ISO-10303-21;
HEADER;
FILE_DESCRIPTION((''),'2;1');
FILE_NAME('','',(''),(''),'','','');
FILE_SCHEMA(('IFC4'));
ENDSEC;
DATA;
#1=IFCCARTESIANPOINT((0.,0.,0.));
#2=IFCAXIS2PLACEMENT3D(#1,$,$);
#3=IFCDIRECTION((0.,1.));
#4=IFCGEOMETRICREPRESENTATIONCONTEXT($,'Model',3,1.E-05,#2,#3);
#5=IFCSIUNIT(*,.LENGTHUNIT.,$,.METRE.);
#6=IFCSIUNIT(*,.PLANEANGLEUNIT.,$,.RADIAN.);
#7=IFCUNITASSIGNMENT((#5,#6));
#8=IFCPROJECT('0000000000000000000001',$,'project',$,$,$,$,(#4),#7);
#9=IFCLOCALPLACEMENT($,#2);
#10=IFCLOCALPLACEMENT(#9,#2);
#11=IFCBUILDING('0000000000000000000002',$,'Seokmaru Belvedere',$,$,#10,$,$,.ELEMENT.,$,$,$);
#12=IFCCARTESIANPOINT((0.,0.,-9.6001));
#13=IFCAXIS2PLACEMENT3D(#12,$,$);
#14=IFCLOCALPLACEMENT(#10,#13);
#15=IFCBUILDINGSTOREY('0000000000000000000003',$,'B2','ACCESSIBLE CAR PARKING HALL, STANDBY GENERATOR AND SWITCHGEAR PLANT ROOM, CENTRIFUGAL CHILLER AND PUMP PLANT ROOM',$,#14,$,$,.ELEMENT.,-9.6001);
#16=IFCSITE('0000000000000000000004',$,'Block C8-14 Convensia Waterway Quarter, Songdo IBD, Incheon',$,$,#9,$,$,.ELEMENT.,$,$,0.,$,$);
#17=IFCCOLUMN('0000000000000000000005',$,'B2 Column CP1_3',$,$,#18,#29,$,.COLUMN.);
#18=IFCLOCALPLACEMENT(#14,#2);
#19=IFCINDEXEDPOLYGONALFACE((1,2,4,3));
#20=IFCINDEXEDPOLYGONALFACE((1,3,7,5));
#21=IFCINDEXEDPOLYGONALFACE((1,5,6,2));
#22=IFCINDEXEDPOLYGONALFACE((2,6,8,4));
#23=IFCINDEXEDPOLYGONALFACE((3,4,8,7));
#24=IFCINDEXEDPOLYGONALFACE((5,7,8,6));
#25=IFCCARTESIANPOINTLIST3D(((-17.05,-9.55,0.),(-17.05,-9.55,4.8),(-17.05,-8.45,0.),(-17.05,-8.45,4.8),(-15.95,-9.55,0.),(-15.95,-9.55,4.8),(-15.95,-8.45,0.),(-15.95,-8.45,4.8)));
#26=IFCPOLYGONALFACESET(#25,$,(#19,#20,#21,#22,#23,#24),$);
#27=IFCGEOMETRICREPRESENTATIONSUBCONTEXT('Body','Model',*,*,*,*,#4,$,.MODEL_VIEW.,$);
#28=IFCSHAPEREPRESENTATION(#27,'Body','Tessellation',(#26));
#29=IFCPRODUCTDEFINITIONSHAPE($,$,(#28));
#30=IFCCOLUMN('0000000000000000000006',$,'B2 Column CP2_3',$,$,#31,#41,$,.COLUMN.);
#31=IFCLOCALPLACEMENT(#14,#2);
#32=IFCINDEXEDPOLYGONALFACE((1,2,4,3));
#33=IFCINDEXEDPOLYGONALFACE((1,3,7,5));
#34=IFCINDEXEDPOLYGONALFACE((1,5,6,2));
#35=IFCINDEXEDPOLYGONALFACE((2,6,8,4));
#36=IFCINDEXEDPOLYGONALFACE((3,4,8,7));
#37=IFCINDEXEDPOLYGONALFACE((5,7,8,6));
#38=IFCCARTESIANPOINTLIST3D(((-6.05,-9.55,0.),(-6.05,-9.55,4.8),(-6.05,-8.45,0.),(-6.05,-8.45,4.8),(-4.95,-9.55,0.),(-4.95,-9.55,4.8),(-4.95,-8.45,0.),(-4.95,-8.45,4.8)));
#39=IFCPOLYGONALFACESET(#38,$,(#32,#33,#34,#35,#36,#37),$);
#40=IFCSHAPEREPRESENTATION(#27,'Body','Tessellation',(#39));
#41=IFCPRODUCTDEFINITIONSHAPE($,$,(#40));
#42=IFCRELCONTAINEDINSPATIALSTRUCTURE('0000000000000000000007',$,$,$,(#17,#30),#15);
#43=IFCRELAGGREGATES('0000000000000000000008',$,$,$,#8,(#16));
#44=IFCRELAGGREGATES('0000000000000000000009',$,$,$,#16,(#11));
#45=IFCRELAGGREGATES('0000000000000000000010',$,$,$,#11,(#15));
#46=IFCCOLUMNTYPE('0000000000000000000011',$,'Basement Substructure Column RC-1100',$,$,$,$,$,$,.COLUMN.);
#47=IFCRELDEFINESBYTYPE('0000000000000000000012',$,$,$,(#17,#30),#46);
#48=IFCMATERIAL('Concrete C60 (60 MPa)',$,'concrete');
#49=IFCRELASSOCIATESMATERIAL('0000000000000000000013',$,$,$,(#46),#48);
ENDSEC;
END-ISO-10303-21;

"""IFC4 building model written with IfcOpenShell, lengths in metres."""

from ifc_helpers import new_model, si_unit, direction, frame, origin, origin_2d, place, context, subcontext, project, spatial, rectangle, extrude, source, transform, mapped, material, material_profile, profile_set, type_object, type_shapes, element, save


model = new_model("IFC4")

# Units and contexts
model_context = context("Model", 3, precision=1e-05, world=origin(), true_north=direction((0.0, 1.0)))
body_context = subcontext(model_context, "Body", "Model", "MODEL_VIEW")
ifc_project = project(units=[si_unit("LENGTHUNIT", "METRE"), si_unit("PLANEANGLEUNIT", "RADIAN")], contexts=[model_context])

# Site, building, storey
site_placement = place(None, origin())
site = spatial("IfcSite", under=ifc_project, at=site_placement, Name="Block C8-14 Convensia Waterway Quarter, Songdo IBD, Incheon", CompositionType="ELEMENT", RefElevation=0.0)
building_placement = place(site_placement, origin())
building = spatial("IfcBuilding", under=site, at=building_placement, Name="Seokmaru Belvedere", CompositionType="ELEMENT")
storey_placement = place(building_placement, frame((0.0, 0.0, -9.6001)))
storey = spatial("IfcBuildingStorey", under=building, at=storey_placement, Name="B2", Description="ACCESSIBLE CAR PARKING HALL, STANDBY GENERATOR AND SWITCHGEAR PLANT ROOM, CENTRIFUGAL CHILLER AND PUMP PLANT ROOM", CompositionType="ELEMENT", Elevation=-9.6001)

# Columns
ifc_material_1 = material(Name="Concrete C60 (60 MPa)", Category="concrete")
ifc_material_profile_1 = material_profile(ifc_material_1, rectangle(XDim=1.1001, YDim=1.1001, at=origin_2d()), Name="RC-1100x1100")
ifc_profile_set_1 = profile_set([ifc_material_profile_1], Name="Concrete C60 (60 MPa)")
column_type = type_object("IfcColumnType", Name="Basement Substructure Column RC-1100", PredefinedType="COLUMN", material=ifc_profile_set_1)
shared_shape_1 = source(origin(), body_context, "Body", "SweptSolid", [
    extrude(rectangle(XDim=1.1001, YDim=1.1001, at=origin_2d()), origin(), (0.0, 0.0, 1.0), 4.8),
])
type_shapes(column_type, [shared_shape_1])
for number, where, z_axis, x_axis, name in (
    (1, (-16.5, -9.0, 0.0), (0.0, 0.0, 1.0), (1.0, 0.0, 0.0), "B2 Column CP1_3"),
    (2, (-5.5, -9.0, 0.0), (0.0, 0.0, 1.0), (1.0, 0.0, 0.0), "B2 Column CP2_3"),
):
    element("IfcColumn", number, at=place(storey_placement, frame(where, z_axis=z_axis, x_axis=x_axis)), inside=storey, type_object=column_type, Name=name, PredefinedType="COLUMN", context=body_context, shape_type="MappedRepresentation", body=[
        mapped(shared_shape_1, transform((0.0, 0.0, 0.0), scale=1.0)),
    ])

save(model, "model.ifc")
